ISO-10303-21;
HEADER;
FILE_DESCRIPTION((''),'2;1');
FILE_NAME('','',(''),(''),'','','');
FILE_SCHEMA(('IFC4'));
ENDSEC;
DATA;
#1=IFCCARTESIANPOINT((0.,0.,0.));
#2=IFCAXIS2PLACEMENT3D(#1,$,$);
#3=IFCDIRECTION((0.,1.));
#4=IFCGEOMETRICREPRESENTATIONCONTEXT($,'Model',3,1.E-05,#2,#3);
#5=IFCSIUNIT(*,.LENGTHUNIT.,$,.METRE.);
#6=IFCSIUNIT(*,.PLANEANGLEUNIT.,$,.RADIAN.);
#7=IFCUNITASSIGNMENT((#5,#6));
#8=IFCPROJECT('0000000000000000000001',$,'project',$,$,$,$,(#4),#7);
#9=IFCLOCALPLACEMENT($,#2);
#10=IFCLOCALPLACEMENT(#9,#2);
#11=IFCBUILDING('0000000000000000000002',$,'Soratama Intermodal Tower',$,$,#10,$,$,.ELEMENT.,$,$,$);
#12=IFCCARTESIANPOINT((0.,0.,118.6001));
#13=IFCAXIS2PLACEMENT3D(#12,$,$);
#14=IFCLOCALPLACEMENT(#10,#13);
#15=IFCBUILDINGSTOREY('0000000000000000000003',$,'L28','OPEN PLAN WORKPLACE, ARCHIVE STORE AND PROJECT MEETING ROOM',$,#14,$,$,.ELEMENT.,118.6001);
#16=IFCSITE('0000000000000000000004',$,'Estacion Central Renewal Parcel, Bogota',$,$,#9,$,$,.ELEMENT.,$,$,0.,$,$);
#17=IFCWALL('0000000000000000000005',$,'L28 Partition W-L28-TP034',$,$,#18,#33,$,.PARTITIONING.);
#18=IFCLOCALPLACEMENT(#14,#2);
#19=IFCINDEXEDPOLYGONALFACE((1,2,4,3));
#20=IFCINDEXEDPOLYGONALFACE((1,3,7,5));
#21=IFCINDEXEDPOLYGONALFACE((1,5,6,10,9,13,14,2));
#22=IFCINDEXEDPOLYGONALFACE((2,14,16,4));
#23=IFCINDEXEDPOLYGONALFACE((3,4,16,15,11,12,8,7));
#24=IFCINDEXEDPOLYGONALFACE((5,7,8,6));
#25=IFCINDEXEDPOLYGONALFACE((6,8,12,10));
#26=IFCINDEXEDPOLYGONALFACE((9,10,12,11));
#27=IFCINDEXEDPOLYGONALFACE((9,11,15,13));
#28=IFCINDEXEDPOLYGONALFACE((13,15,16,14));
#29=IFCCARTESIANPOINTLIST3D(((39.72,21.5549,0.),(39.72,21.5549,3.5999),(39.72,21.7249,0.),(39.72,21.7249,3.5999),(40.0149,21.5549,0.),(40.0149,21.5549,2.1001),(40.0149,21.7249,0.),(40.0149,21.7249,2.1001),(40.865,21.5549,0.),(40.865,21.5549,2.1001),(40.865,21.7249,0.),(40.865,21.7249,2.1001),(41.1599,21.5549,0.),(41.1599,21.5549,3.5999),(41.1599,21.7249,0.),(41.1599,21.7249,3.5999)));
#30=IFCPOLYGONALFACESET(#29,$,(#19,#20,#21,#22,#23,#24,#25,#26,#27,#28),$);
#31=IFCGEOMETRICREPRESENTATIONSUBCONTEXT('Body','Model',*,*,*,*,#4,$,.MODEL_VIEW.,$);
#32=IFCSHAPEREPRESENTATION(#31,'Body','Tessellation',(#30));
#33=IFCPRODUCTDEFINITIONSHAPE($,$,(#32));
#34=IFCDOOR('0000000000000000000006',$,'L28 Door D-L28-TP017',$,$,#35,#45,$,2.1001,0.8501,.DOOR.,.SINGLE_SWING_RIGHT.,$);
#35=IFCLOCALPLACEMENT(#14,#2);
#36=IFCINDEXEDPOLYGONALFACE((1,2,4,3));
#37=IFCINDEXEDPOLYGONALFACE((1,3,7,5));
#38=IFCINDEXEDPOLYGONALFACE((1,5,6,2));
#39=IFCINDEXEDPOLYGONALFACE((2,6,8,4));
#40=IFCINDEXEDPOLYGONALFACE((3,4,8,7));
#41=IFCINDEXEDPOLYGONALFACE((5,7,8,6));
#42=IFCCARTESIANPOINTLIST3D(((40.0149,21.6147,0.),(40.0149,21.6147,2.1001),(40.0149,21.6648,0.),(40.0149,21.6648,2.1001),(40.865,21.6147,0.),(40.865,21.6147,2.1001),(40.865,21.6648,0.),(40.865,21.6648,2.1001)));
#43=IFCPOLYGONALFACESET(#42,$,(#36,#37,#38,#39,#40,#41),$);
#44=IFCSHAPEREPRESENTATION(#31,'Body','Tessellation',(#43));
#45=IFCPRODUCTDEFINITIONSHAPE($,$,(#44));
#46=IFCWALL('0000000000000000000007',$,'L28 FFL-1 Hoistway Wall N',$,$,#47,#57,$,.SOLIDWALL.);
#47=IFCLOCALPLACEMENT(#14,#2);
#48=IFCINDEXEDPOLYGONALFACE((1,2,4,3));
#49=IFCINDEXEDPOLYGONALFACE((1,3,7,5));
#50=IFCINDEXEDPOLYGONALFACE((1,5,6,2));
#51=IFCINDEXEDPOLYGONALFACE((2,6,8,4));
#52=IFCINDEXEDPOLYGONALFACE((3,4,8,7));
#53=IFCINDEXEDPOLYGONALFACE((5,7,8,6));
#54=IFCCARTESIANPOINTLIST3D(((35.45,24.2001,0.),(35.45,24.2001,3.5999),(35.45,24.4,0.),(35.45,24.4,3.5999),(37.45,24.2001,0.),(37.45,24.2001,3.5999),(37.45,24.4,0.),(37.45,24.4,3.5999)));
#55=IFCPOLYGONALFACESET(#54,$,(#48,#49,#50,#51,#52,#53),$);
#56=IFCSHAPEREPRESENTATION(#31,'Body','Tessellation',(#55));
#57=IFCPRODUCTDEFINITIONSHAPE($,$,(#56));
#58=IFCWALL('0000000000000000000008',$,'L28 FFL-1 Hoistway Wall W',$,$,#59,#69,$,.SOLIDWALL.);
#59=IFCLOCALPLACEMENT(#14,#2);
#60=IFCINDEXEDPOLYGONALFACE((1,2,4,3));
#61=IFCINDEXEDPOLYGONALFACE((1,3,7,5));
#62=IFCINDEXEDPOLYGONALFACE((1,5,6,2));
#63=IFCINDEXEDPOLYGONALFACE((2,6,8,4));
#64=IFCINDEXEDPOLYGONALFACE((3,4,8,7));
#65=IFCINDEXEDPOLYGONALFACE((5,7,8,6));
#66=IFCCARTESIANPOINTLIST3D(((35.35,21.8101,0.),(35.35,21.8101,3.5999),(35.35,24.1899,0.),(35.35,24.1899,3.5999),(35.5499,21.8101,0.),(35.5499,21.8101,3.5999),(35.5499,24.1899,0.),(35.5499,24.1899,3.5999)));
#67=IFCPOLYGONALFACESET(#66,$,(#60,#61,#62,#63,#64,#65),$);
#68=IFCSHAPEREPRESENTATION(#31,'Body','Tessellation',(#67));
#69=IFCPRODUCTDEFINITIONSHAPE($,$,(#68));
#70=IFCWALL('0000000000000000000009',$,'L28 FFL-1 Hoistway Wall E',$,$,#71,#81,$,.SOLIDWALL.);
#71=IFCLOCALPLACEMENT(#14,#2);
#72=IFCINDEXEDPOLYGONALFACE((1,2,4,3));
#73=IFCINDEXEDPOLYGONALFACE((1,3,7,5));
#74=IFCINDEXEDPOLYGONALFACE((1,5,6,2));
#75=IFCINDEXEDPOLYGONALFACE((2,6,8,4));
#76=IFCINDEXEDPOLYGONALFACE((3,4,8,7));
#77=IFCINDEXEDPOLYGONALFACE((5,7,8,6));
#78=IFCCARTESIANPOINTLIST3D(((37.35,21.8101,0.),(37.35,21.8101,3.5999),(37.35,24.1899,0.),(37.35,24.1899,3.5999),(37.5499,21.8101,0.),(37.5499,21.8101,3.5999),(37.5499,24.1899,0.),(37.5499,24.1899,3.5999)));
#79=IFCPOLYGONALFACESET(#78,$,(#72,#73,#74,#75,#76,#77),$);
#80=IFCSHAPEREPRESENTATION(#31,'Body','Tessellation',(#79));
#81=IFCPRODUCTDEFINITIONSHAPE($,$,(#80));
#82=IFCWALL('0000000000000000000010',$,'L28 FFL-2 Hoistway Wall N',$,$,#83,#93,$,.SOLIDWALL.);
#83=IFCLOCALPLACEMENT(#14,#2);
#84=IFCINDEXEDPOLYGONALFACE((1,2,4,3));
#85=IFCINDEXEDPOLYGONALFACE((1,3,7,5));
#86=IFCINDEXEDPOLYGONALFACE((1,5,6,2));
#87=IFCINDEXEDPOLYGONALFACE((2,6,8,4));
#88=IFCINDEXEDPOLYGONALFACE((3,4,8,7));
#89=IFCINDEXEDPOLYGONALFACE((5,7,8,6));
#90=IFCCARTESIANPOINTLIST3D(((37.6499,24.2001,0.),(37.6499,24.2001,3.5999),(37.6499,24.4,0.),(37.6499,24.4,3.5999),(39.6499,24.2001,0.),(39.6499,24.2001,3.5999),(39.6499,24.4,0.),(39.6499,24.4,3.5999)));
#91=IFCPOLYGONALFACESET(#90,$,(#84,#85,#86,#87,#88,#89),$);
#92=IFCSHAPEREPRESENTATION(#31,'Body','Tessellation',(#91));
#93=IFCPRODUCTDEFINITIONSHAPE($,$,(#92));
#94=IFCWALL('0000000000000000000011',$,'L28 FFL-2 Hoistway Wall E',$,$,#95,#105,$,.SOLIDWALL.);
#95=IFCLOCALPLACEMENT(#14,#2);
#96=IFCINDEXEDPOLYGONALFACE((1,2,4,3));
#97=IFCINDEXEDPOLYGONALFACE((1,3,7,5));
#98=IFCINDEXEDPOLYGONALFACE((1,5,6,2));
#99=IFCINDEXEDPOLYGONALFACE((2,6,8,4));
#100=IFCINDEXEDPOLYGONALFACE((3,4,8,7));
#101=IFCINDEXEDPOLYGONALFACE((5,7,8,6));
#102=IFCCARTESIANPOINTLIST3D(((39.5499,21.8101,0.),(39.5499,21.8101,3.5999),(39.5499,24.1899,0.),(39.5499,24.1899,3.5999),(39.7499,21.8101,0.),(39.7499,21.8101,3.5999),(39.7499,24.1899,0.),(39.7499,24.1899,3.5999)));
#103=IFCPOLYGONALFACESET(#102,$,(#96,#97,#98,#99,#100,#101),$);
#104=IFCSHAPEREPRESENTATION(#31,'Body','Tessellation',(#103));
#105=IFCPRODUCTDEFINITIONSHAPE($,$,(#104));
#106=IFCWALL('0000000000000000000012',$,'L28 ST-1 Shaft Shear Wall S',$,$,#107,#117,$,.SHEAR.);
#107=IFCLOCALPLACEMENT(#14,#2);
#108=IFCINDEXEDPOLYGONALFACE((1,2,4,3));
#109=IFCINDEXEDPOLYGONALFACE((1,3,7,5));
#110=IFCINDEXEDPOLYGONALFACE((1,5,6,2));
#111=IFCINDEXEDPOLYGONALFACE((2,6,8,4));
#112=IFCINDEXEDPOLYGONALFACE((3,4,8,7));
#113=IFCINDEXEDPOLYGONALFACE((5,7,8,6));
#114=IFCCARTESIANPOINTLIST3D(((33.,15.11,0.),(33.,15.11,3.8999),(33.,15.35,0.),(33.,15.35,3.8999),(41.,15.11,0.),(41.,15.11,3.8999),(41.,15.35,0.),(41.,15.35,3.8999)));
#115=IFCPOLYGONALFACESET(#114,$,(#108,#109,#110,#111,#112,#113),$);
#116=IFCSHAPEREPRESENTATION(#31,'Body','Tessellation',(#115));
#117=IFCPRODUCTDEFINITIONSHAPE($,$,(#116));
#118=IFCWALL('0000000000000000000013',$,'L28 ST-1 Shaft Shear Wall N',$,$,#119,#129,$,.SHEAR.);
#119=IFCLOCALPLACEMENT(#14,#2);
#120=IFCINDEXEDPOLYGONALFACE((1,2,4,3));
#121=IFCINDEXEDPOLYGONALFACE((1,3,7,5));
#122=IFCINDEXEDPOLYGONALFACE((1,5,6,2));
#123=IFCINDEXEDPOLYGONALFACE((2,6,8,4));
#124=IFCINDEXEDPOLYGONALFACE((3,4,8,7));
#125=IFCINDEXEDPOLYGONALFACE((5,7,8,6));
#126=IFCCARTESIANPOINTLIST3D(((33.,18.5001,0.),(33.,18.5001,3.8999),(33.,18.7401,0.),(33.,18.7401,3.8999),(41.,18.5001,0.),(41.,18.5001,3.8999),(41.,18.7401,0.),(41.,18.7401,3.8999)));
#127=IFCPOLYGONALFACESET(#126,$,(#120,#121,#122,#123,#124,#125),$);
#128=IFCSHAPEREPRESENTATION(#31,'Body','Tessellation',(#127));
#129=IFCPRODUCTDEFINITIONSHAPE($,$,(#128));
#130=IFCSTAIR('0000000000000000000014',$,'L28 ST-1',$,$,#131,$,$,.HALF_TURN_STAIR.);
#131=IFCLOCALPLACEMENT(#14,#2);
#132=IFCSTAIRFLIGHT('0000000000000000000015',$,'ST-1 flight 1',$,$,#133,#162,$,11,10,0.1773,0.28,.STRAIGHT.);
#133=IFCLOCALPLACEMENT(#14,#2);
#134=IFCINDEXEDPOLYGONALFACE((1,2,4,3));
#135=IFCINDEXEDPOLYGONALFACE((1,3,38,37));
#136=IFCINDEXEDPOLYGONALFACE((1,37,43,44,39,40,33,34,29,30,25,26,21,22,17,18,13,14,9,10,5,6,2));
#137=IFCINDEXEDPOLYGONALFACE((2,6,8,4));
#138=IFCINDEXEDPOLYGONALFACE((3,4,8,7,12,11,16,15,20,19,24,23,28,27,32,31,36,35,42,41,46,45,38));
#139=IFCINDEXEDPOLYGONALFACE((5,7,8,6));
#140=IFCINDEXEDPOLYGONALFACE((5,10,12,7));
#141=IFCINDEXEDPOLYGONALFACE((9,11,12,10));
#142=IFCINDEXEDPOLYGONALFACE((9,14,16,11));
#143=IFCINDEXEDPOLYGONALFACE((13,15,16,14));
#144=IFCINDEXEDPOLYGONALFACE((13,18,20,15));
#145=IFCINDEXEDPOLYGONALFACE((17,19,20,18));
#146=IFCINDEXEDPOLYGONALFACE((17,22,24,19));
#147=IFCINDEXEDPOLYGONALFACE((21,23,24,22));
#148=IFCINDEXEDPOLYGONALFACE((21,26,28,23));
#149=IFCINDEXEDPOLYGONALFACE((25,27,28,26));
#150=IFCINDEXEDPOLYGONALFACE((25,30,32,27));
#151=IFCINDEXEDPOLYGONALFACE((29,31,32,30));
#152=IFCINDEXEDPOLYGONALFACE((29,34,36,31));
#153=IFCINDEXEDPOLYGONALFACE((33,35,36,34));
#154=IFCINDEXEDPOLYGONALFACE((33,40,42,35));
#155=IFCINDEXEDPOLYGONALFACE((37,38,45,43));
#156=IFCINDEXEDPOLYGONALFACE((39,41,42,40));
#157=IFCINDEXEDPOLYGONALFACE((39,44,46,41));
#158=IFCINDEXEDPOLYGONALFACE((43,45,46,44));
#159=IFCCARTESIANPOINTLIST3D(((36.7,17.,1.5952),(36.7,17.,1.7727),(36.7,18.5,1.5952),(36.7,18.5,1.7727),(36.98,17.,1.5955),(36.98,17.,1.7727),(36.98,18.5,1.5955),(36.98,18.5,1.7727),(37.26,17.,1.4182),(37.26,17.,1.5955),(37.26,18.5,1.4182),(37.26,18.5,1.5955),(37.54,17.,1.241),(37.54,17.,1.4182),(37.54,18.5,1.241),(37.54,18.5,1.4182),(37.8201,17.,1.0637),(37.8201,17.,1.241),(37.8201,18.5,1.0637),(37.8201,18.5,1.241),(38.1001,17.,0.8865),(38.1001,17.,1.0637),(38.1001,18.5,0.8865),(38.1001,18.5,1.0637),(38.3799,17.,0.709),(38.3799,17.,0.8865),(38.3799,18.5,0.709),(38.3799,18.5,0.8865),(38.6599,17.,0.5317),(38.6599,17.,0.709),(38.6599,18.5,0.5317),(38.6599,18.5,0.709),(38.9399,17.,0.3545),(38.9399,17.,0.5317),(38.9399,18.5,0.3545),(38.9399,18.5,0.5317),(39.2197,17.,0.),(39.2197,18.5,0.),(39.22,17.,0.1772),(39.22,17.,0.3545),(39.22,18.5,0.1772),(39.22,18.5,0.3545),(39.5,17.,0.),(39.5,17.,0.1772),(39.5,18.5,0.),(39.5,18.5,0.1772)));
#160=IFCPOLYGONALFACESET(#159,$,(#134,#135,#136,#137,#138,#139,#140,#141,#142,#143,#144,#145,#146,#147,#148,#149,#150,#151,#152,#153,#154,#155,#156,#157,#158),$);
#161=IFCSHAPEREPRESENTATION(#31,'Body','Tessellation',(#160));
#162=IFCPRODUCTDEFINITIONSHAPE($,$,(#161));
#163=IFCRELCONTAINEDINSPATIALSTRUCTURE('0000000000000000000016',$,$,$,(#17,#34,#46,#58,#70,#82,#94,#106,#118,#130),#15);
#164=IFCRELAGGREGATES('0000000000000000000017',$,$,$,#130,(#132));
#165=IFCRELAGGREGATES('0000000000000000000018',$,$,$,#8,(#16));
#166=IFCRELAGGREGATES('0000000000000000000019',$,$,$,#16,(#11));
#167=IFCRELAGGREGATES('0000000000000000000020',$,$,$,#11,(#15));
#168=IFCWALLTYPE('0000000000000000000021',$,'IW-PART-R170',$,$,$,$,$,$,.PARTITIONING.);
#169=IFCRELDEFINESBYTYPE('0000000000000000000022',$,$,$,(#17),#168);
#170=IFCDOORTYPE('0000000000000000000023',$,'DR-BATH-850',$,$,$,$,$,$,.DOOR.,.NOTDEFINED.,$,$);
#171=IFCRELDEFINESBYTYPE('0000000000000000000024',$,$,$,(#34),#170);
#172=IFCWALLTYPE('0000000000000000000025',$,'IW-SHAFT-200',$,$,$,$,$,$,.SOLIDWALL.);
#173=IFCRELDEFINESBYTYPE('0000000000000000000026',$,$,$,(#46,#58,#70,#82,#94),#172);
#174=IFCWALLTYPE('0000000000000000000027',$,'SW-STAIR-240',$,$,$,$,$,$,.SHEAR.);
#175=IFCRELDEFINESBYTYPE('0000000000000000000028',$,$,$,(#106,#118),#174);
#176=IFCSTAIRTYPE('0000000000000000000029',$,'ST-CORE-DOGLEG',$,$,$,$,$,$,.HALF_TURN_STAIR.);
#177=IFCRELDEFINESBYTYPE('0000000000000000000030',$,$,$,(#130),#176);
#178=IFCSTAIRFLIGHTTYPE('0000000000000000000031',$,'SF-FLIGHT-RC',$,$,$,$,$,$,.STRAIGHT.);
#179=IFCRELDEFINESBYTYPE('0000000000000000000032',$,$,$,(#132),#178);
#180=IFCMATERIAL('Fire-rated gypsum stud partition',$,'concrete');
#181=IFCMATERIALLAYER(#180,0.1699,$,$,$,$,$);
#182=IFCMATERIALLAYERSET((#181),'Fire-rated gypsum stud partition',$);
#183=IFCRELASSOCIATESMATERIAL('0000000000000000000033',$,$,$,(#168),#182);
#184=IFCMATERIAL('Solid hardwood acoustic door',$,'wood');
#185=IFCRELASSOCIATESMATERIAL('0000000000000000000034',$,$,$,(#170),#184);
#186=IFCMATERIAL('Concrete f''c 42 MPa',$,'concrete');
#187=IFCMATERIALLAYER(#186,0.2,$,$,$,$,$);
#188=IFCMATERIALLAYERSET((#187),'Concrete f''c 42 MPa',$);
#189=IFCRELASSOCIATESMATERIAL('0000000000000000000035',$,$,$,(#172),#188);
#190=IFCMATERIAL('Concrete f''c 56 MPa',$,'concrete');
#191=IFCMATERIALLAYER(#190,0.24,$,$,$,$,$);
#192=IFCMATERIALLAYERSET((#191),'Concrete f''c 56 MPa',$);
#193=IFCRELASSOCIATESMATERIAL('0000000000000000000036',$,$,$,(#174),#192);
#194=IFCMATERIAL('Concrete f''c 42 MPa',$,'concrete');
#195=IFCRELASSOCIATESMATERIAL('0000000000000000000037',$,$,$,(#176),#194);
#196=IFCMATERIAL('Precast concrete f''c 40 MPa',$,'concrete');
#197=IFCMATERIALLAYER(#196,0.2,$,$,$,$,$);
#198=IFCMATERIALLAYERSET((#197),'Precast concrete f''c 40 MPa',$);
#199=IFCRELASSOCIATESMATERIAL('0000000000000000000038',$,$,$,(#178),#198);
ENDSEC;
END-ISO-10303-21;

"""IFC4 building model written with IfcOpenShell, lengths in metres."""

from ifc_helpers import new_model, si_unit, direction, frame, frame_2d, origin, place, context, subcontext, project, spatial, polyline, rectangle, outline, extrude, material, layer, layer_set, type_object, element, fill, aggregate, save


model = new_model("IFC4")

# Units and contexts
model_context = context("Model", 3, precision=1e-05, world=origin(), true_north=direction((0.0, 1.0)))
body_context = subcontext(model_context, "Body", "Model", "MODEL_VIEW")
ifc_project = project(units=[si_unit("LENGTHUNIT", "METRE"), si_unit("PLANEANGLEUNIT", "RADIAN")], contexts=[model_context])

# Site, building, storey
site_placement = place(None, origin())
site = spatial("IfcSite", under=ifc_project, at=site_placement, Name="Estacion Central Renewal Parcel, Bogota", CompositionType="ELEMENT", RefElevation=0.0)
building_placement = place(site_placement, origin())
building = spatial("IfcBuilding", under=site, at=building_placement, Name="Soratama Intermodal Tower", CompositionType="ELEMENT")
storey_placement = place(building_placement, frame((0.0, 0.0, 118.6001)))
storey = spatial("IfcBuildingStorey", under=building, at=storey_placement, Name="L28", Description="OPEN PLAN WORKPLACE, ARCHIVE STORE AND PROJECT MEETING ROOM", CompositionType="ELEMENT", Elevation=118.6001)

# Wall, opening, door
ifc_material_1 = material(Name="Fire-rated gypsum stud partition", Category="concrete")
ifc_layer_1 = layer(ifc_material_1, 0.1699)
ifc_layer_set_1 = layer_set([ifc_layer_1], Name="Fire-rated gypsum stud partition")
wall_type_1 = type_object("IfcWallType", Name="IW-PART-R170", PredefinedType="PARTITIONING", material=ifc_layer_set_1)
wall_1_placement = place(storey_placement, frame((39.72, 21.6399, 0.0), z_axis=(0.0, 0.0, 1.0), x_axis=(1.0, 0.0, 0.0)))
wall_1 = element("IfcWall", 1, at=wall_1_placement, inside=storey, type_object=wall_type_1, Name="L28 Partition W-L28-TP034", PredefinedType="PARTITIONING", context=body_context, shape_type="SweptSolid", body=[
    extrude(rectangle(XDim=1.4399, YDim=0.1699, at=frame_2d((0.72, 0.0))), origin(), (0.0, 0.0, 1.0), 3.5999),
])
opening_1_placement = place(wall_1_placement, frame((0.2949, 0.0, 0.0)))
opening_1 = element("IfcOpeningElement", 2, at=opening_1_placement, cuts=wall_1, PredefinedType="OPENING", context=body_context, shape_type="SweptSolid", body=[
    extrude(rectangle(XDim=0.8501, YDim=2.1001, at=frame_2d((0.425, 1.05))), frame((0.0, 0.095, 0.0), z_axis=(0.0, -1.0, 0.0), x_axis=(1.0, 0.0, 0.0)), (0.0, 0.0, 1.0), 0.1899),
])
ifc_material_2 = material(Name="Solid hardwood acoustic door", Category="wood")
door_type_1 = type_object("IfcDoorType", Name="DR-BATH-850", OperationType="NOTDEFINED", PredefinedType="DOOR", material=ifc_material_2)
door_1_placement = place(opening_1_placement, origin())
door_1 = element("IfcDoor", 3, at=door_1_placement, inside=storey, type_object=door_type_1, Name="L28 Door D-L28-TP017", OperationType="SINGLE_SWING_RIGHT", OverallHeight=2.1001, OverallWidth=0.8501, PredefinedType="DOOR", context=body_context, shape_type="SweptSolid", body=[
    extrude(rectangle(XDim=0.8501, YDim=2.1001, at=frame_2d((0.425, 1.05))), frame((0.0, 0.0249, 0.0), z_axis=(0.0, -1.0, 0.0), x_axis=(1.0, 0.0, 0.0)), (0.0, 0.0, 1.0), 0.05),
])
fill(opening_1, door_1)
ifc_material_3 = material(Name="Concrete f'c 42 MPa", Category="concrete")
ifc_layer_2 = layer(ifc_material_3, 0.2)
ifc_layer_set_2 = layer_set([ifc_layer_2], Name="Concrete f'c 42 MPa")
wall_type_2 = type_object("IfcWallType", Name="IW-SHAFT-200", PredefinedType="SOLIDWALL", material=ifc_layer_set_2)

# Walls
wall_2_placement = place(storey_placement, frame((35.45, 24.3, 0.0), z_axis=(0.0, 0.0, 1.0), x_axis=(1.0, 0.0, 0.0)))
element("IfcWall", 4, at=wall_2_placement, inside=storey, type_object=wall_type_2, Name="L28 FFL-1 Hoistway Wall N", PredefinedType="SOLIDWALL", context=body_context, shape_type="SweptSolid", body=[
    extrude(rectangle(XDim=2.0, YDim=0.2, at=frame_2d((1.0, 0.0))), origin(), (0.0, 0.0, 1.0), 3.5999),
])
for number, where, z_axis, x_axis, name in (
    (5, (35.45, 21.8101, 0.0), (0.0, 0.0, 1.0), (0.0, 1.0, 0.0), "L28 FFL-1 Hoistway Wall W"),
    (6, (37.45, 21.8101, 0.0), (0.0, 0.0, 1.0), (0.0, 1.0, 0.0), "L28 FFL-1 Hoistway Wall E"),
):
    element("IfcWall", number, at=place(storey_placement, frame(where, z_axis=z_axis, x_axis=x_axis)), inside=storey, type_object=wall_type_2, Name=name, PredefinedType="SOLIDWALL", context=body_context, shape_type="SweptSolid", body=[
        extrude(rectangle(XDim=2.3799, YDim=0.2, at=frame_2d((1.1899, 0.0))), origin(), (0.0, 0.0, 1.0), 3.5999),
    ])

# Walls
wall_3_placement = place(storey_placement, frame((37.6499, 24.3, 0.0), z_axis=(0.0, 0.0, 1.0), x_axis=(1.0, 0.0, 0.0)))
element("IfcWall", 7, at=wall_3_placement, inside=storey, type_object=wall_type_2, Name="L28 FFL-2 Hoistway Wall N", PredefinedType="SOLIDWALL", context=body_context, shape_type="SweptSolid", body=[
    extrude(rectangle(XDim=2.0, YDim=0.2, at=frame_2d((1.0, 0.0))), origin(), (0.0, 0.0, 1.0), 3.5999),
])
wall_4_placement = place(storey_placement, frame((39.6499, 21.8101, 0.0), z_axis=(0.0, 0.0, 1.0), x_axis=(0.0, 1.0, 0.0)))
element("IfcWall", 8, at=wall_4_placement, inside=storey, type_object=wall_type_2, Name="L28 FFL-2 Hoistway Wall E", PredefinedType="SOLIDWALL", context=body_context, shape_type="SweptSolid", body=[
    extrude(rectangle(XDim=2.3799, YDim=0.2, at=frame_2d((1.1899, 0.0))), origin(), (0.0, 0.0, 1.0), 3.5999),
])

# Walls
ifc_material_4 = material(Name="Concrete f'c 56 MPa", Category="concrete")
ifc_layer_3 = layer(ifc_material_4, 0.24)
ifc_layer_set_3 = layer_set([ifc_layer_3], Name="Concrete f'c 56 MPa")
wall_type_3 = type_object("IfcWallType", Name="SW-STAIR-240", PredefinedType="SHEAR", material=ifc_layer_set_3)
for number, where, z_axis, x_axis, name in (
    (9, (33.0, 15.23, 0.0), (0.0, 0.0, 1.0), (1.0, 0.0, 0.0), "L28 ST-1 Shaft Shear Wall S"),
    (10, (33.0, 18.6201, 0.0), (0.0, 0.0, 1.0), (1.0, 0.0, 0.0), "L28 ST-1 Shaft Shear Wall N"),
):
    element("IfcWall", number, at=place(storey_placement, frame(where, z_axis=z_axis, x_axis=x_axis)), inside=storey, type_object=wall_type_3, Name=name, PredefinedType="SHEAR", context=body_context, shape_type="SweptSolid", body=[
        extrude(rectangle(XDim=8.0, YDim=0.24, at=frame_2d((4.0, 0.0))), origin(), (0.0, 0.0, 1.0), 3.8999),
    ])

# Stair, stair flight
ifc_material_5 = material(Name="Concrete f'c 42 MPa", Category="concrete")
stair_type = type_object("IfcStairType", Name="ST-CORE-DOGLEG", PredefinedType="HALF_TURN_STAIR", material=ifc_material_5)
stair_placement = place(storey_placement, origin())
stair = element("IfcStair", 11, at=stair_placement, inside=storey, type_object=stair_type, Name="L28 ST-1", PredefinedType="HALF_TURN_STAIR")
ifc_material_6 = material(Name="Precast concrete f'c 40 MPa", Category="concrete")
ifc_layer_4 = layer(ifc_material_6, 0.2)
ifc_layer_set_4 = layer_set([ifc_layer_4], Name="Precast concrete f'c 40 MPa")
stair_flight_type = type_object("IfcStairFlightType", Name="SF-FLIGHT-RC", PredefinedType="STRAIGHT", material=ifc_layer_set_4)
stair_flight_1_placement = place(storey_placement, frame((39.5, 17.75, 0.0), z_axis=(0.0, 0.0, 1.0), x_axis=(-1.0, 0.0, 0.0)))
stair_flight_1 = element("IfcStairFlight", 12, at=stair_flight_1_placement, type_object=stair_flight_type, Name="ST-1 flight 1", NumberOfRisers=11, NumberOfTreads=10, PredefinedType="STRAIGHT", RiserHeight=0.1773, TreadLength=0.28, context=body_context, shape_type="SweptSolid", body=[
    extrude(outline(polyline([(0.0, 0.0), (0.0, 0.1772), (0.28, 0.1772), (0.28, 0.3545), (0.5601, 0.3545), (0.5601, 0.5317), (0.8401, 0.5317), (0.8401, 0.709), (1.1201, 0.709), (1.1201, 0.8865), (1.3999, 0.8865), (1.3999, 1.0637), (1.6799, 1.0637), (1.6799, 1.241), (1.96, 1.241), (1.96, 1.4182), (2.24, 1.4182), (2.24, 1.5955), (2.52, 1.5955), (2.52, 1.7727), (2.8, 1.7727), (2.8, 1.95), (2.8, 1.5952), (0.2803, 0.0), (0.0, 0.0)])), frame((0.0, 0.75, 0.0), z_axis=(0.0, -1.0, 0.0), x_axis=(1.0, 0.0, 0.0)), (0.0, 0.0, 1.0), 1.5),
])
aggregate(stair, [stair_flight_1])

save(model, "model.ifc")
